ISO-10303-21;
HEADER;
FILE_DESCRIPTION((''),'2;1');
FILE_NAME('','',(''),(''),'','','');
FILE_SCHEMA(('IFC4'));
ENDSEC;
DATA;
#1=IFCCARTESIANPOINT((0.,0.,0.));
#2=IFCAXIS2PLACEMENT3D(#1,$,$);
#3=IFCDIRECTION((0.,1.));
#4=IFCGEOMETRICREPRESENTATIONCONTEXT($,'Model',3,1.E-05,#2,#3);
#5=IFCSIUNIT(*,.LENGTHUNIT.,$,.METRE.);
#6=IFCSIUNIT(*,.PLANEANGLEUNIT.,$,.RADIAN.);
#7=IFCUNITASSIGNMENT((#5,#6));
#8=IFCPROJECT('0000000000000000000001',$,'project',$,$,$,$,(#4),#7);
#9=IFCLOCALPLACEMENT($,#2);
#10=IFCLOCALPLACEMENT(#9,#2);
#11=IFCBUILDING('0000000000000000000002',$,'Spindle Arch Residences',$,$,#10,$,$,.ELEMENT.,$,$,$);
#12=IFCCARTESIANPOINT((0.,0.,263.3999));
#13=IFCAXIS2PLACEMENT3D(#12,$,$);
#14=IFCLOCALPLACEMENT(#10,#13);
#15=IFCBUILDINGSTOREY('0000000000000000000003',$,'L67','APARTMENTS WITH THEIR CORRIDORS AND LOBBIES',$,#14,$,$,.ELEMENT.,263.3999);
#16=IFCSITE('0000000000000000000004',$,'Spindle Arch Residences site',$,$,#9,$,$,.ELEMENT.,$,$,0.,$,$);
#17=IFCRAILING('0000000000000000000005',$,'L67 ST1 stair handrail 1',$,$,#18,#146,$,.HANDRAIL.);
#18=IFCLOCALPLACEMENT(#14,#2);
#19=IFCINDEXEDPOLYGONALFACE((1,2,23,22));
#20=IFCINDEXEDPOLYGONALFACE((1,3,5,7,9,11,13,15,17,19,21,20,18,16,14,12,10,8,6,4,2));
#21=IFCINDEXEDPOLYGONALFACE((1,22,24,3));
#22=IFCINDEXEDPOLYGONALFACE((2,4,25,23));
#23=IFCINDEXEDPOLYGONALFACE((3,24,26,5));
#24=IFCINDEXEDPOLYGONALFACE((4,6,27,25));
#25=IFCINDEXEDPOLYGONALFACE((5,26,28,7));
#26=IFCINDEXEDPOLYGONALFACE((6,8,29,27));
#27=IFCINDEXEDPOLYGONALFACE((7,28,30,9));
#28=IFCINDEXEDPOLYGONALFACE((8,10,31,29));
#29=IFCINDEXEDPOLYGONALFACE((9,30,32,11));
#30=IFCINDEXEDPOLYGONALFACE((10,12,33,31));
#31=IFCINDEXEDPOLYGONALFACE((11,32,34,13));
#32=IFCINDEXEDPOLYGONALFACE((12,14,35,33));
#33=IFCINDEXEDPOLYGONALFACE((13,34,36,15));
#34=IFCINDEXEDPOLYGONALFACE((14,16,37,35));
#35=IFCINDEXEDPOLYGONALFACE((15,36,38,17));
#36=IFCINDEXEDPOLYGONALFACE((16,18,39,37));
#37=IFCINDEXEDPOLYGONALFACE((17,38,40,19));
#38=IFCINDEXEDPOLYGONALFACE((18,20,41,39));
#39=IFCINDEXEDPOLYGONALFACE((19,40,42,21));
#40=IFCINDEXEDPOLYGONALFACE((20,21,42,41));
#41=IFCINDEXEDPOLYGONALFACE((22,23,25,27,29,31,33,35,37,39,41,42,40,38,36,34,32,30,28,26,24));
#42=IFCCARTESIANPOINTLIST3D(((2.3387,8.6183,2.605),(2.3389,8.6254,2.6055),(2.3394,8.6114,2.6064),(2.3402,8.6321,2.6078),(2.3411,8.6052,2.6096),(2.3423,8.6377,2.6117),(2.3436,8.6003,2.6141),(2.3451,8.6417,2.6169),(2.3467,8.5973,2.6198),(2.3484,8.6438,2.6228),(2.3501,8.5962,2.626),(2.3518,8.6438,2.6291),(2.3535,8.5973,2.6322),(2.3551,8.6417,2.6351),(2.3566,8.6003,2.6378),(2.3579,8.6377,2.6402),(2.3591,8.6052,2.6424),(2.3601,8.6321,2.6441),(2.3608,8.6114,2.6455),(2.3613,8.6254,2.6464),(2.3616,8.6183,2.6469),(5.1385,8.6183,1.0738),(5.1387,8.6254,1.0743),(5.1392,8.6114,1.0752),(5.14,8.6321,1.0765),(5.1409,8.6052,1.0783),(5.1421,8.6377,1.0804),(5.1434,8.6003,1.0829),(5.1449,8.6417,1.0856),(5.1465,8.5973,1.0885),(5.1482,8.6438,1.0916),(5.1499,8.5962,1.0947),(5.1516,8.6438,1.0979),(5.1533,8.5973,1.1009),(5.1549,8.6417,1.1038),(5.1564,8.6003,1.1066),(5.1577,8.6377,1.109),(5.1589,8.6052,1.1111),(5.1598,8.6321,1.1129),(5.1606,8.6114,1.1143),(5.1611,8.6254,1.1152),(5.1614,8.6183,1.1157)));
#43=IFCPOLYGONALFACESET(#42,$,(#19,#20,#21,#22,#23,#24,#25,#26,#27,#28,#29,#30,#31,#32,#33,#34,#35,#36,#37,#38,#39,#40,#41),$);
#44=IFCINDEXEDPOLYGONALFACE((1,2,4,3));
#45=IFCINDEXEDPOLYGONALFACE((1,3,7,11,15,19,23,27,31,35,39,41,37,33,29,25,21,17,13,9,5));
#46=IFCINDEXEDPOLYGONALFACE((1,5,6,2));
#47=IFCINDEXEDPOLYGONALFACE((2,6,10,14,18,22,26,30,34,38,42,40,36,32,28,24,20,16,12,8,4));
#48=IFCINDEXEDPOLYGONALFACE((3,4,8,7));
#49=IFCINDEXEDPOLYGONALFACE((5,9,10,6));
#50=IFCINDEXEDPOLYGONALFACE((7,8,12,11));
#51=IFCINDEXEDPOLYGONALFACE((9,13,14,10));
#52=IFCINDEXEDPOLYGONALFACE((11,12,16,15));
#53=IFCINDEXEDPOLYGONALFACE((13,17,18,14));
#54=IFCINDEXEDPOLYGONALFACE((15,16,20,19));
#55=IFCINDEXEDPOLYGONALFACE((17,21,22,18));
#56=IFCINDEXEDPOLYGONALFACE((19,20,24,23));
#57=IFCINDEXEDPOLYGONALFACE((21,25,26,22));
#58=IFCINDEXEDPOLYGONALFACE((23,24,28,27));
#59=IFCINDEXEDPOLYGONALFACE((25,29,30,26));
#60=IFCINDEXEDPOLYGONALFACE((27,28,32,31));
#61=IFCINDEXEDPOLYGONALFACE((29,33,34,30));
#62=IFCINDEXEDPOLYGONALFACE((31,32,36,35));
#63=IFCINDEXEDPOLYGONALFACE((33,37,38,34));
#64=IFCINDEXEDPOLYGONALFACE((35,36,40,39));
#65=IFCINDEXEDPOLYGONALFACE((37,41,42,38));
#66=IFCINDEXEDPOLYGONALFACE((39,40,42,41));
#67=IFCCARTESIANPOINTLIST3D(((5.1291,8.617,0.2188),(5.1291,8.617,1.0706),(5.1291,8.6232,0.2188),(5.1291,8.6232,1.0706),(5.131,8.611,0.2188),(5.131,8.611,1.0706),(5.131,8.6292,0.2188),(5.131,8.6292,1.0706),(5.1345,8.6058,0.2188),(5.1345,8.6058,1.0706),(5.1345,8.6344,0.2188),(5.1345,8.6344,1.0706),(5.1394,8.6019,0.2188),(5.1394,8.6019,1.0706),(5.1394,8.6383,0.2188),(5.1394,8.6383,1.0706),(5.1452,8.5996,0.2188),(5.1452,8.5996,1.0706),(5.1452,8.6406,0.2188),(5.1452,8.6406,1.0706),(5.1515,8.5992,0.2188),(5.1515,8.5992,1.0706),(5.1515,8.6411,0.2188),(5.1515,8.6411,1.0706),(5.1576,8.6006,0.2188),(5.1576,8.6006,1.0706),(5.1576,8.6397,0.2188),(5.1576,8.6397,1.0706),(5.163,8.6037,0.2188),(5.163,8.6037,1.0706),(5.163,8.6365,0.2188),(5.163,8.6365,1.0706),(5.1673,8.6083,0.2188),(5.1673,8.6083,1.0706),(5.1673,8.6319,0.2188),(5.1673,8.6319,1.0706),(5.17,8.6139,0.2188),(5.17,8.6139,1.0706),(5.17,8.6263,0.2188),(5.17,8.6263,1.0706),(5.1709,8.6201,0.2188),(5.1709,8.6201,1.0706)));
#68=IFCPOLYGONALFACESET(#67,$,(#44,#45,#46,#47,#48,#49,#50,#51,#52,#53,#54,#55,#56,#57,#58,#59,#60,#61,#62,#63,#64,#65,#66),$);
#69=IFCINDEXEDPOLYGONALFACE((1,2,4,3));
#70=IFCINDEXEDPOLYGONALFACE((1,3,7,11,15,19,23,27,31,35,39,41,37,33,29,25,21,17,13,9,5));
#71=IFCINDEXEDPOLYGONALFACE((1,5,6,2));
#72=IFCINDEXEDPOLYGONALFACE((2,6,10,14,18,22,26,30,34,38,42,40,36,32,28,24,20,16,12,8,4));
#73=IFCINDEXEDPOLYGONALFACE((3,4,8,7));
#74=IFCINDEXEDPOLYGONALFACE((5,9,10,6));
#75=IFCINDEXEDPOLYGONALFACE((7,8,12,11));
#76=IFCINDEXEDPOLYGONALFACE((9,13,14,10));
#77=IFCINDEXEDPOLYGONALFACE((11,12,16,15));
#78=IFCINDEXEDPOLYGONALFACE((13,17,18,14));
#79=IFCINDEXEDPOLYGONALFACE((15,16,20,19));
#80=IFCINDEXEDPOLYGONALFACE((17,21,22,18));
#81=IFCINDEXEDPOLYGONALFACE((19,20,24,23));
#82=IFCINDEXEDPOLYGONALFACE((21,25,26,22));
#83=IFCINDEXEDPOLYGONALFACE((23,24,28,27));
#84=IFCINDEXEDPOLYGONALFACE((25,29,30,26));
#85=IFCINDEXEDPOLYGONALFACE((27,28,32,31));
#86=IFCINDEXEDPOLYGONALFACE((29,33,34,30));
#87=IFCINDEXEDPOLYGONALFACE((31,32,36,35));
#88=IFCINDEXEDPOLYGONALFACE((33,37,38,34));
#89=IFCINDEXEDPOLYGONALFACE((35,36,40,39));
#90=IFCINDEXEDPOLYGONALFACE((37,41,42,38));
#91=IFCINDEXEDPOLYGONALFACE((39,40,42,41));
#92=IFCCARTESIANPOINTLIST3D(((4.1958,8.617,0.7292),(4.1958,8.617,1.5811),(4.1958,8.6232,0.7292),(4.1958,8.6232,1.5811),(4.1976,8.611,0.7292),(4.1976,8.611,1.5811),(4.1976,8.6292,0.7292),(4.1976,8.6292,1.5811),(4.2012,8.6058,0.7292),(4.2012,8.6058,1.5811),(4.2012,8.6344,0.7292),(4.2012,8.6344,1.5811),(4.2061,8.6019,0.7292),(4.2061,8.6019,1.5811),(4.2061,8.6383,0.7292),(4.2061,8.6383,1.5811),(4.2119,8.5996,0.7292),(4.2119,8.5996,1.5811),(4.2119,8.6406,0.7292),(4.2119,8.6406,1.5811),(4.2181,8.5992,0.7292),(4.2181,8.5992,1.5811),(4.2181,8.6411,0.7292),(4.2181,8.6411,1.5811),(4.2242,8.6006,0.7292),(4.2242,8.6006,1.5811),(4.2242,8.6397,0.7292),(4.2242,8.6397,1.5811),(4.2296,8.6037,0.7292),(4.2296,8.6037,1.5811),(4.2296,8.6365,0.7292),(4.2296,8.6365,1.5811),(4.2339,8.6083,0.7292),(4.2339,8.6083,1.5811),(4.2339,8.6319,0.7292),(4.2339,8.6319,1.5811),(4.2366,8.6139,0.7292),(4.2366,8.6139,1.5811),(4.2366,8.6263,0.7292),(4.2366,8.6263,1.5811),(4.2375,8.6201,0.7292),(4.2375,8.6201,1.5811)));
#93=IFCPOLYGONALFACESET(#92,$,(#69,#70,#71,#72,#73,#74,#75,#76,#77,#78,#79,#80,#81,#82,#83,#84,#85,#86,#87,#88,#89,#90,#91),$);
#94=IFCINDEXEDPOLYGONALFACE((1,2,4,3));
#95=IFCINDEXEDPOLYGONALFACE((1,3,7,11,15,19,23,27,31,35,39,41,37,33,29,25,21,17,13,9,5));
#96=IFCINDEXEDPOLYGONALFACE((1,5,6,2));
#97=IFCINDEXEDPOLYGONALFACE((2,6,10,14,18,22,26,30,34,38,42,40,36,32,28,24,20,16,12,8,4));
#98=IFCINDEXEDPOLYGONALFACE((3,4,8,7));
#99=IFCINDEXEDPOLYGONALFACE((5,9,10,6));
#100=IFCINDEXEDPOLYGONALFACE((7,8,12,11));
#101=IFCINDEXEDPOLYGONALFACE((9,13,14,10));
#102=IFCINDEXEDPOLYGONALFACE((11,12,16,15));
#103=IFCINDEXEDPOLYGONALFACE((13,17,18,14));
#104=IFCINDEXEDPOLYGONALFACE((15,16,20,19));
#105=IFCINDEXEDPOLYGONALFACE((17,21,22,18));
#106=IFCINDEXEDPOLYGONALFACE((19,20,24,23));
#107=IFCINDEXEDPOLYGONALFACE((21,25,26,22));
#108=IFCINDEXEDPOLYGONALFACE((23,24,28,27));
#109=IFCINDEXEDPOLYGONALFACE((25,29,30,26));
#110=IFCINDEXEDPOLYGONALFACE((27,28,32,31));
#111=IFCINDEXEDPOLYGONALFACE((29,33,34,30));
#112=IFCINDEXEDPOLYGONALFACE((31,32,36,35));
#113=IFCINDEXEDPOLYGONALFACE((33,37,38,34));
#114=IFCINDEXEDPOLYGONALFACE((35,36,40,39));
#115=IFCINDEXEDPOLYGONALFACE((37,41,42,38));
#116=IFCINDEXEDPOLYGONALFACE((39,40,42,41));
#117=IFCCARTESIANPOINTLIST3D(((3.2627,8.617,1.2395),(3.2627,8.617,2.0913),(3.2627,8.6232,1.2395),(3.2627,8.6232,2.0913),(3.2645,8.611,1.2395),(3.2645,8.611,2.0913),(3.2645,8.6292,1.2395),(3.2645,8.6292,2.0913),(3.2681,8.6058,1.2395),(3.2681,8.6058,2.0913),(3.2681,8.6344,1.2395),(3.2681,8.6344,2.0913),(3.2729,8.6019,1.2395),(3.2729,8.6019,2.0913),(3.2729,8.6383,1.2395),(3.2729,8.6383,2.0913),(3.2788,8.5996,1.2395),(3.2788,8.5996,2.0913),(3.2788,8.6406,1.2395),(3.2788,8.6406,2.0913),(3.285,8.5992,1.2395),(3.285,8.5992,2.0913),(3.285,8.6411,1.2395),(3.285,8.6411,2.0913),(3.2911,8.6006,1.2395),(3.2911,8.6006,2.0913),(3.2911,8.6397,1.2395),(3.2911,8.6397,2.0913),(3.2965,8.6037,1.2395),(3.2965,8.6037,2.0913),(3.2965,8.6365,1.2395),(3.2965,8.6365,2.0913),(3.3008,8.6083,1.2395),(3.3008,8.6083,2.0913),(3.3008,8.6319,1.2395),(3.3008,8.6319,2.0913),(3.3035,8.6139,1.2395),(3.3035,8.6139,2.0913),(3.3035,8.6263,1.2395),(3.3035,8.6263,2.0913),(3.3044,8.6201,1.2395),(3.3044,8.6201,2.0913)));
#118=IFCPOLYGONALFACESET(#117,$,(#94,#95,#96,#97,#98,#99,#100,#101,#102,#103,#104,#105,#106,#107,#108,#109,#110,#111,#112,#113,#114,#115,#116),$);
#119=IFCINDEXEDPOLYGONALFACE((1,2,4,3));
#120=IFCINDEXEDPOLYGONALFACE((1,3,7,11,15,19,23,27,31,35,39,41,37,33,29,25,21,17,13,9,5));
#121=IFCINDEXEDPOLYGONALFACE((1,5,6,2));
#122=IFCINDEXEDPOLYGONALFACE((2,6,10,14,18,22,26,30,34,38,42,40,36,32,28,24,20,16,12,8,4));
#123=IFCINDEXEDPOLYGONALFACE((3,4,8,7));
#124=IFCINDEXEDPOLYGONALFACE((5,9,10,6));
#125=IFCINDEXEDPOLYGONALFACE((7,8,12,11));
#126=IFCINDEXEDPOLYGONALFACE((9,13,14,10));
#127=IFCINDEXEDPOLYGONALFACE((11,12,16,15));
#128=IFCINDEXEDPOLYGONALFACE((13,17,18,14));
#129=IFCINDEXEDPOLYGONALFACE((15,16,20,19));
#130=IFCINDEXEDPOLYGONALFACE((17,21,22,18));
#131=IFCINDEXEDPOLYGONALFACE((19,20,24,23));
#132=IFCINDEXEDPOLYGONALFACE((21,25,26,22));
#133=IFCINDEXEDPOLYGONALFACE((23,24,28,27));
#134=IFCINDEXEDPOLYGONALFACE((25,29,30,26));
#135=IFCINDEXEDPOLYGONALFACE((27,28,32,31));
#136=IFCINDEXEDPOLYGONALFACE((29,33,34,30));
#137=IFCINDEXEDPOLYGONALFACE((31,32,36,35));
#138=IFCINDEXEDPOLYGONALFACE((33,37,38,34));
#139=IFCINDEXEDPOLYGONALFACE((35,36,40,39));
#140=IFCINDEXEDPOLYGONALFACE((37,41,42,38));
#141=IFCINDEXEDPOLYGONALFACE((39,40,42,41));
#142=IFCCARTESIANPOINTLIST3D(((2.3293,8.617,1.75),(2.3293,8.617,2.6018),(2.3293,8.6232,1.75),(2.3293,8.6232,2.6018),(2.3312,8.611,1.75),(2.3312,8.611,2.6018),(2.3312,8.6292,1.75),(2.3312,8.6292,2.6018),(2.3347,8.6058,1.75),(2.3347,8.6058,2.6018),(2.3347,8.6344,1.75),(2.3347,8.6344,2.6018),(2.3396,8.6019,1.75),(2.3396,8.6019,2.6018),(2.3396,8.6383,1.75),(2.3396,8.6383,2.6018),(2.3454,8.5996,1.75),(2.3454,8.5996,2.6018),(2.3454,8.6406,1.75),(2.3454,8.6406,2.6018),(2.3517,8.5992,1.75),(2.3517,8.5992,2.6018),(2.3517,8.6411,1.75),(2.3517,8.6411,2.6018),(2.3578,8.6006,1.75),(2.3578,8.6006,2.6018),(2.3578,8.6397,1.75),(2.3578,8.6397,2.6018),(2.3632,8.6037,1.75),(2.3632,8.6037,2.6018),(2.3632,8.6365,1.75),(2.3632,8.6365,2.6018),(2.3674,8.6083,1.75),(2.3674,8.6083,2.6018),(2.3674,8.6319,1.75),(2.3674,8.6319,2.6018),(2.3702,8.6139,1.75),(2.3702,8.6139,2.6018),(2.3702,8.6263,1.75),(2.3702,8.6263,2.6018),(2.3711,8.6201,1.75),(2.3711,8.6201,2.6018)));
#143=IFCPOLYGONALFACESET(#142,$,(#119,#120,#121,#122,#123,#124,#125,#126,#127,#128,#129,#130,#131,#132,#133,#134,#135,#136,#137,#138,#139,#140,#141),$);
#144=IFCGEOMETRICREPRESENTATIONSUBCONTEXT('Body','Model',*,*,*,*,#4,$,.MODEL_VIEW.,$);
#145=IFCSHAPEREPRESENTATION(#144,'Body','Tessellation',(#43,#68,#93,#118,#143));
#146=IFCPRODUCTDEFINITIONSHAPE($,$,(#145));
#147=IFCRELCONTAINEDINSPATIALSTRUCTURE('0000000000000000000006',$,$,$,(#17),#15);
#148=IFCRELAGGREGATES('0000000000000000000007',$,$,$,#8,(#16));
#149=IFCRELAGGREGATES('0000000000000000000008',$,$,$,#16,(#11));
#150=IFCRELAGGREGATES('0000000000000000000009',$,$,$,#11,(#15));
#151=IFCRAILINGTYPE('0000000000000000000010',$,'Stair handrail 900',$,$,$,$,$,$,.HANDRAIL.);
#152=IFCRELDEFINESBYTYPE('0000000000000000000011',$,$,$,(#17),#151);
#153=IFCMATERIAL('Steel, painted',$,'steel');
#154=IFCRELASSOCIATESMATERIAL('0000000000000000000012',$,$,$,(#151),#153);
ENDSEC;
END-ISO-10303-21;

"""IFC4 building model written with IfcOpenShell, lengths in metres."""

from ifc_helpers import new_model, si_unit, direction, frame, origin, origin_2d, place, context, subcontext, project, spatial, circle, extrude, material, type_object, element, save


model = new_model("IFC4")

# Units and contexts
model_context = context("Model", 3, precision=1e-05, world=origin(), true_north=direction((0.0, 1.0)))
body_context = subcontext(model_context, "Body", "Model", "MODEL_VIEW")
ifc_project = project(units=[si_unit("LENGTHUNIT", "METRE"), si_unit("PLANEANGLEUNIT", "RADIAN")], contexts=[model_context])

# Site, building, storey
site_placement = place(None, origin())
site = spatial("IfcSite", under=ifc_project, at=site_placement, Name="Spindle Arch Residences site", CompositionType="ELEMENT", RefElevation=0.0)
building_placement = place(site_placement, origin())
building = spatial("IfcBuilding", under=site, at=building_placement, Name="Spindle Arch Residences", CompositionType="ELEMENT")
storey_placement = place(building_placement, frame((0.0, 0.0, 263.3999)))
storey = spatial("IfcBuildingStorey", under=building, at=storey_placement, Name="L67", Description="APARTMENTS WITH THEIR CORRIDORS AND LOBBIES", CompositionType="ELEMENT", Elevation=263.3999)

# Railing
ifc_material_1 = material(Name="Steel, painted", Category="steel")
railing_type_1 = type_object("IfcRailingType", Name="Stair handrail 900", PredefinedType="HANDRAIL", material=ifc_material_1)
railing_1_placement = place(storey_placement, frame((5.1499, 8.6201, 0.2188)))
element("IfcRailing", 1, at=railing_1_placement, inside=storey, type_object=railing_type_1, Name="L67 ST1 stair handrail 1", PredefinedType="HANDRAIL", context=body_context, shape_type="SweptSolid", body=[
    extrude(circle(Radius=0.0239, at=origin_2d()), frame((0.0, 0.0, 0.876), z_axis=(-0.877357, 0.0, 0.479838), x_axis=(0.0, -1.0, 0.0)), (0.0, 0.0, 1.0), 3.1912),
    extrude(circle(Radius=0.021, at=origin_2d()), origin(), (0.0, 0.0, 1.0), 0.8518),
    extrude(circle(Radius=0.021, at=origin_2d()), frame((-0.9333, 0.0, 0.5105)), (0.0, 0.0, 1.0), 0.8518),
    extrude(circle(Radius=0.021, at=origin_2d()), frame((-1.8665, 0.0, 1.0208)), (0.0, 0.0, 1.0), 0.8518),
    extrude(circle(Radius=0.021, at=origin_2d()), frame((-2.7998, 0.0, 1.5312)), (0.0, 0.0, 1.0), 0.8518),
])

save(model, "model.ifc")
